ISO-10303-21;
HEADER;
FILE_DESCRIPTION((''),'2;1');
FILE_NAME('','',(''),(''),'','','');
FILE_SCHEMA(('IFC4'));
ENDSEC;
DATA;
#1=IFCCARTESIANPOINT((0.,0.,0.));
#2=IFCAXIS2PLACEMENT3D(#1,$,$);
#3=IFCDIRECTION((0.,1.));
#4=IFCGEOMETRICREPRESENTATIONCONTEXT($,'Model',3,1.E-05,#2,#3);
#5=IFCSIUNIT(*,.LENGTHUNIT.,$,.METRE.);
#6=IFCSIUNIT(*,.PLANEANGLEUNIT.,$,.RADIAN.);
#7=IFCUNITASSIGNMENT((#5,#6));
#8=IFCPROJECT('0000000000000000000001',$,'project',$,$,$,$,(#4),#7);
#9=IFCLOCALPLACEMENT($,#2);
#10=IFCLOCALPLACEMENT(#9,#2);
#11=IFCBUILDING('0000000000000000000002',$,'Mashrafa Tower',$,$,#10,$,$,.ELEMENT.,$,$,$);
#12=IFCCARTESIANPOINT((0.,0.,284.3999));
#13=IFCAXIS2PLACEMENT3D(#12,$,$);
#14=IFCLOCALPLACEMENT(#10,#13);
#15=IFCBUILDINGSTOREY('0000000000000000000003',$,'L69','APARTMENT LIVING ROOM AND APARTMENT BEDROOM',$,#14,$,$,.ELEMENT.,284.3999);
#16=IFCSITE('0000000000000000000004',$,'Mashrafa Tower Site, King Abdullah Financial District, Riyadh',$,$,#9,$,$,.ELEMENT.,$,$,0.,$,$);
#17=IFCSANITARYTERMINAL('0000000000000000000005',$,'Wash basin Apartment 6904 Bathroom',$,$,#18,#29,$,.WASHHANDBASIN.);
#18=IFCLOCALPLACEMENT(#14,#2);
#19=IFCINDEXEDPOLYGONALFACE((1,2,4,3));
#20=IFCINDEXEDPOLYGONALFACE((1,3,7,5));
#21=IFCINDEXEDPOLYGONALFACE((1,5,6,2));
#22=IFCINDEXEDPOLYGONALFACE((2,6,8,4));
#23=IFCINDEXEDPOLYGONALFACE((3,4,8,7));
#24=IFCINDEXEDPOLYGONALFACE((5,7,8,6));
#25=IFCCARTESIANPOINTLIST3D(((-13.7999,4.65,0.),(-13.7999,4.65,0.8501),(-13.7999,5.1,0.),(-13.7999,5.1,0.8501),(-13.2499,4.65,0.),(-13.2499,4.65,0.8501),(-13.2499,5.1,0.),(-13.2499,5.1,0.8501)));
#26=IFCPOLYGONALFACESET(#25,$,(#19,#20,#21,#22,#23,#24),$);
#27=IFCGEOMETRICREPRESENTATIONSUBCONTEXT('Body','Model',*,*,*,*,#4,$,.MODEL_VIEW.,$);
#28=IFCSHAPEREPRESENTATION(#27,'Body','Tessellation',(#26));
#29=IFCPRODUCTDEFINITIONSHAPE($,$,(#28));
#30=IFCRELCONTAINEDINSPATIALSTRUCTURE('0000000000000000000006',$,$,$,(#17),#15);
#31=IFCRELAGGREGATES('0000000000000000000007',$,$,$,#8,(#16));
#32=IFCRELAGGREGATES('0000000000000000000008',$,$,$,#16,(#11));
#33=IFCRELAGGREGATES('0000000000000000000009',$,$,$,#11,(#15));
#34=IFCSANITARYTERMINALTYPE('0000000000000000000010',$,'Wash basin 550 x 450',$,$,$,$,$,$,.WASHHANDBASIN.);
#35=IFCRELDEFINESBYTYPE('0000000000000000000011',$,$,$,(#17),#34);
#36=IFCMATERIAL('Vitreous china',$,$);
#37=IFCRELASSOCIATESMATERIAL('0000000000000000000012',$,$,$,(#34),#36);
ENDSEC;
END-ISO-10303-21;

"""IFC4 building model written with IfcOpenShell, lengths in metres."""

from ifc_helpers import new_model, si_unit, direction, frame, origin, origin_2d, place, context, subcontext, project, spatial, rectangle, extrude, material, type_object, element, save


model = new_model("IFC4")

# Units and contexts
model_context = context("Model", 3, precision=1e-05, world=origin(), true_north=direction((0.0, 1.0)))
body_context = subcontext(model_context, "Body", "Model", "MODEL_VIEW")
ifc_project = project(units=[si_unit("LENGTHUNIT", "METRE"), si_unit("PLANEANGLEUNIT", "RADIAN")], contexts=[model_context])

# Site, building, storey
site_placement = place(None, origin())
site = spatial("IfcSite", under=ifc_project, at=site_placement, Name="Mashrafa Tower Site, King Abdullah Financial District, Riyadh", CompositionType="ELEMENT", RefElevation=0.0)
building_placement = place(site_placement, origin())
building = spatial("IfcBuilding", under=site, at=building_placement, Name="Mashrafa Tower", CompositionType="ELEMENT")
storey_placement = place(building_placement, frame((0.0, 0.0, 284.3999)))
storey = spatial("IfcBuildingStorey", under=building, at=storey_placement, Name="L69", Description="APARTMENT LIVING ROOM AND APARTMENT BEDROOM", CompositionType="ELEMENT", Elevation=284.3999)

# Sanitary terminal
ifc_material_1 = material(Name="Vitreous china")
sanitary_terminal_type_1 = type_object("IfcSanitaryTerminalType", Name="Wash basin 550 x 450", PredefinedType="WASHHANDBASIN", material=ifc_material_1)
sanitary_terminal_1_placement = place(storey_placement, frame((-13.5249, 4.875, 0.0), z_axis=(0.0, 0.0, 1.0), x_axis=(1.0, 0.0, 0.0)))
element("IfcSanitaryTerminal", 1, at=sanitary_terminal_1_placement, inside=storey, type_object=sanitary_terminal_type_1, Name="Wash basin Apartment 6904 Bathroom", PredefinedType="WASHHANDBASIN", context=body_context, shape_type="SweptSolid", body=[
    extrude(rectangle(XDim=0.55, YDim=0.45, at=origin_2d()), origin(), (0.0, 0.0, 1.0), 0.8501),
])

save(model, "model.ifc")
